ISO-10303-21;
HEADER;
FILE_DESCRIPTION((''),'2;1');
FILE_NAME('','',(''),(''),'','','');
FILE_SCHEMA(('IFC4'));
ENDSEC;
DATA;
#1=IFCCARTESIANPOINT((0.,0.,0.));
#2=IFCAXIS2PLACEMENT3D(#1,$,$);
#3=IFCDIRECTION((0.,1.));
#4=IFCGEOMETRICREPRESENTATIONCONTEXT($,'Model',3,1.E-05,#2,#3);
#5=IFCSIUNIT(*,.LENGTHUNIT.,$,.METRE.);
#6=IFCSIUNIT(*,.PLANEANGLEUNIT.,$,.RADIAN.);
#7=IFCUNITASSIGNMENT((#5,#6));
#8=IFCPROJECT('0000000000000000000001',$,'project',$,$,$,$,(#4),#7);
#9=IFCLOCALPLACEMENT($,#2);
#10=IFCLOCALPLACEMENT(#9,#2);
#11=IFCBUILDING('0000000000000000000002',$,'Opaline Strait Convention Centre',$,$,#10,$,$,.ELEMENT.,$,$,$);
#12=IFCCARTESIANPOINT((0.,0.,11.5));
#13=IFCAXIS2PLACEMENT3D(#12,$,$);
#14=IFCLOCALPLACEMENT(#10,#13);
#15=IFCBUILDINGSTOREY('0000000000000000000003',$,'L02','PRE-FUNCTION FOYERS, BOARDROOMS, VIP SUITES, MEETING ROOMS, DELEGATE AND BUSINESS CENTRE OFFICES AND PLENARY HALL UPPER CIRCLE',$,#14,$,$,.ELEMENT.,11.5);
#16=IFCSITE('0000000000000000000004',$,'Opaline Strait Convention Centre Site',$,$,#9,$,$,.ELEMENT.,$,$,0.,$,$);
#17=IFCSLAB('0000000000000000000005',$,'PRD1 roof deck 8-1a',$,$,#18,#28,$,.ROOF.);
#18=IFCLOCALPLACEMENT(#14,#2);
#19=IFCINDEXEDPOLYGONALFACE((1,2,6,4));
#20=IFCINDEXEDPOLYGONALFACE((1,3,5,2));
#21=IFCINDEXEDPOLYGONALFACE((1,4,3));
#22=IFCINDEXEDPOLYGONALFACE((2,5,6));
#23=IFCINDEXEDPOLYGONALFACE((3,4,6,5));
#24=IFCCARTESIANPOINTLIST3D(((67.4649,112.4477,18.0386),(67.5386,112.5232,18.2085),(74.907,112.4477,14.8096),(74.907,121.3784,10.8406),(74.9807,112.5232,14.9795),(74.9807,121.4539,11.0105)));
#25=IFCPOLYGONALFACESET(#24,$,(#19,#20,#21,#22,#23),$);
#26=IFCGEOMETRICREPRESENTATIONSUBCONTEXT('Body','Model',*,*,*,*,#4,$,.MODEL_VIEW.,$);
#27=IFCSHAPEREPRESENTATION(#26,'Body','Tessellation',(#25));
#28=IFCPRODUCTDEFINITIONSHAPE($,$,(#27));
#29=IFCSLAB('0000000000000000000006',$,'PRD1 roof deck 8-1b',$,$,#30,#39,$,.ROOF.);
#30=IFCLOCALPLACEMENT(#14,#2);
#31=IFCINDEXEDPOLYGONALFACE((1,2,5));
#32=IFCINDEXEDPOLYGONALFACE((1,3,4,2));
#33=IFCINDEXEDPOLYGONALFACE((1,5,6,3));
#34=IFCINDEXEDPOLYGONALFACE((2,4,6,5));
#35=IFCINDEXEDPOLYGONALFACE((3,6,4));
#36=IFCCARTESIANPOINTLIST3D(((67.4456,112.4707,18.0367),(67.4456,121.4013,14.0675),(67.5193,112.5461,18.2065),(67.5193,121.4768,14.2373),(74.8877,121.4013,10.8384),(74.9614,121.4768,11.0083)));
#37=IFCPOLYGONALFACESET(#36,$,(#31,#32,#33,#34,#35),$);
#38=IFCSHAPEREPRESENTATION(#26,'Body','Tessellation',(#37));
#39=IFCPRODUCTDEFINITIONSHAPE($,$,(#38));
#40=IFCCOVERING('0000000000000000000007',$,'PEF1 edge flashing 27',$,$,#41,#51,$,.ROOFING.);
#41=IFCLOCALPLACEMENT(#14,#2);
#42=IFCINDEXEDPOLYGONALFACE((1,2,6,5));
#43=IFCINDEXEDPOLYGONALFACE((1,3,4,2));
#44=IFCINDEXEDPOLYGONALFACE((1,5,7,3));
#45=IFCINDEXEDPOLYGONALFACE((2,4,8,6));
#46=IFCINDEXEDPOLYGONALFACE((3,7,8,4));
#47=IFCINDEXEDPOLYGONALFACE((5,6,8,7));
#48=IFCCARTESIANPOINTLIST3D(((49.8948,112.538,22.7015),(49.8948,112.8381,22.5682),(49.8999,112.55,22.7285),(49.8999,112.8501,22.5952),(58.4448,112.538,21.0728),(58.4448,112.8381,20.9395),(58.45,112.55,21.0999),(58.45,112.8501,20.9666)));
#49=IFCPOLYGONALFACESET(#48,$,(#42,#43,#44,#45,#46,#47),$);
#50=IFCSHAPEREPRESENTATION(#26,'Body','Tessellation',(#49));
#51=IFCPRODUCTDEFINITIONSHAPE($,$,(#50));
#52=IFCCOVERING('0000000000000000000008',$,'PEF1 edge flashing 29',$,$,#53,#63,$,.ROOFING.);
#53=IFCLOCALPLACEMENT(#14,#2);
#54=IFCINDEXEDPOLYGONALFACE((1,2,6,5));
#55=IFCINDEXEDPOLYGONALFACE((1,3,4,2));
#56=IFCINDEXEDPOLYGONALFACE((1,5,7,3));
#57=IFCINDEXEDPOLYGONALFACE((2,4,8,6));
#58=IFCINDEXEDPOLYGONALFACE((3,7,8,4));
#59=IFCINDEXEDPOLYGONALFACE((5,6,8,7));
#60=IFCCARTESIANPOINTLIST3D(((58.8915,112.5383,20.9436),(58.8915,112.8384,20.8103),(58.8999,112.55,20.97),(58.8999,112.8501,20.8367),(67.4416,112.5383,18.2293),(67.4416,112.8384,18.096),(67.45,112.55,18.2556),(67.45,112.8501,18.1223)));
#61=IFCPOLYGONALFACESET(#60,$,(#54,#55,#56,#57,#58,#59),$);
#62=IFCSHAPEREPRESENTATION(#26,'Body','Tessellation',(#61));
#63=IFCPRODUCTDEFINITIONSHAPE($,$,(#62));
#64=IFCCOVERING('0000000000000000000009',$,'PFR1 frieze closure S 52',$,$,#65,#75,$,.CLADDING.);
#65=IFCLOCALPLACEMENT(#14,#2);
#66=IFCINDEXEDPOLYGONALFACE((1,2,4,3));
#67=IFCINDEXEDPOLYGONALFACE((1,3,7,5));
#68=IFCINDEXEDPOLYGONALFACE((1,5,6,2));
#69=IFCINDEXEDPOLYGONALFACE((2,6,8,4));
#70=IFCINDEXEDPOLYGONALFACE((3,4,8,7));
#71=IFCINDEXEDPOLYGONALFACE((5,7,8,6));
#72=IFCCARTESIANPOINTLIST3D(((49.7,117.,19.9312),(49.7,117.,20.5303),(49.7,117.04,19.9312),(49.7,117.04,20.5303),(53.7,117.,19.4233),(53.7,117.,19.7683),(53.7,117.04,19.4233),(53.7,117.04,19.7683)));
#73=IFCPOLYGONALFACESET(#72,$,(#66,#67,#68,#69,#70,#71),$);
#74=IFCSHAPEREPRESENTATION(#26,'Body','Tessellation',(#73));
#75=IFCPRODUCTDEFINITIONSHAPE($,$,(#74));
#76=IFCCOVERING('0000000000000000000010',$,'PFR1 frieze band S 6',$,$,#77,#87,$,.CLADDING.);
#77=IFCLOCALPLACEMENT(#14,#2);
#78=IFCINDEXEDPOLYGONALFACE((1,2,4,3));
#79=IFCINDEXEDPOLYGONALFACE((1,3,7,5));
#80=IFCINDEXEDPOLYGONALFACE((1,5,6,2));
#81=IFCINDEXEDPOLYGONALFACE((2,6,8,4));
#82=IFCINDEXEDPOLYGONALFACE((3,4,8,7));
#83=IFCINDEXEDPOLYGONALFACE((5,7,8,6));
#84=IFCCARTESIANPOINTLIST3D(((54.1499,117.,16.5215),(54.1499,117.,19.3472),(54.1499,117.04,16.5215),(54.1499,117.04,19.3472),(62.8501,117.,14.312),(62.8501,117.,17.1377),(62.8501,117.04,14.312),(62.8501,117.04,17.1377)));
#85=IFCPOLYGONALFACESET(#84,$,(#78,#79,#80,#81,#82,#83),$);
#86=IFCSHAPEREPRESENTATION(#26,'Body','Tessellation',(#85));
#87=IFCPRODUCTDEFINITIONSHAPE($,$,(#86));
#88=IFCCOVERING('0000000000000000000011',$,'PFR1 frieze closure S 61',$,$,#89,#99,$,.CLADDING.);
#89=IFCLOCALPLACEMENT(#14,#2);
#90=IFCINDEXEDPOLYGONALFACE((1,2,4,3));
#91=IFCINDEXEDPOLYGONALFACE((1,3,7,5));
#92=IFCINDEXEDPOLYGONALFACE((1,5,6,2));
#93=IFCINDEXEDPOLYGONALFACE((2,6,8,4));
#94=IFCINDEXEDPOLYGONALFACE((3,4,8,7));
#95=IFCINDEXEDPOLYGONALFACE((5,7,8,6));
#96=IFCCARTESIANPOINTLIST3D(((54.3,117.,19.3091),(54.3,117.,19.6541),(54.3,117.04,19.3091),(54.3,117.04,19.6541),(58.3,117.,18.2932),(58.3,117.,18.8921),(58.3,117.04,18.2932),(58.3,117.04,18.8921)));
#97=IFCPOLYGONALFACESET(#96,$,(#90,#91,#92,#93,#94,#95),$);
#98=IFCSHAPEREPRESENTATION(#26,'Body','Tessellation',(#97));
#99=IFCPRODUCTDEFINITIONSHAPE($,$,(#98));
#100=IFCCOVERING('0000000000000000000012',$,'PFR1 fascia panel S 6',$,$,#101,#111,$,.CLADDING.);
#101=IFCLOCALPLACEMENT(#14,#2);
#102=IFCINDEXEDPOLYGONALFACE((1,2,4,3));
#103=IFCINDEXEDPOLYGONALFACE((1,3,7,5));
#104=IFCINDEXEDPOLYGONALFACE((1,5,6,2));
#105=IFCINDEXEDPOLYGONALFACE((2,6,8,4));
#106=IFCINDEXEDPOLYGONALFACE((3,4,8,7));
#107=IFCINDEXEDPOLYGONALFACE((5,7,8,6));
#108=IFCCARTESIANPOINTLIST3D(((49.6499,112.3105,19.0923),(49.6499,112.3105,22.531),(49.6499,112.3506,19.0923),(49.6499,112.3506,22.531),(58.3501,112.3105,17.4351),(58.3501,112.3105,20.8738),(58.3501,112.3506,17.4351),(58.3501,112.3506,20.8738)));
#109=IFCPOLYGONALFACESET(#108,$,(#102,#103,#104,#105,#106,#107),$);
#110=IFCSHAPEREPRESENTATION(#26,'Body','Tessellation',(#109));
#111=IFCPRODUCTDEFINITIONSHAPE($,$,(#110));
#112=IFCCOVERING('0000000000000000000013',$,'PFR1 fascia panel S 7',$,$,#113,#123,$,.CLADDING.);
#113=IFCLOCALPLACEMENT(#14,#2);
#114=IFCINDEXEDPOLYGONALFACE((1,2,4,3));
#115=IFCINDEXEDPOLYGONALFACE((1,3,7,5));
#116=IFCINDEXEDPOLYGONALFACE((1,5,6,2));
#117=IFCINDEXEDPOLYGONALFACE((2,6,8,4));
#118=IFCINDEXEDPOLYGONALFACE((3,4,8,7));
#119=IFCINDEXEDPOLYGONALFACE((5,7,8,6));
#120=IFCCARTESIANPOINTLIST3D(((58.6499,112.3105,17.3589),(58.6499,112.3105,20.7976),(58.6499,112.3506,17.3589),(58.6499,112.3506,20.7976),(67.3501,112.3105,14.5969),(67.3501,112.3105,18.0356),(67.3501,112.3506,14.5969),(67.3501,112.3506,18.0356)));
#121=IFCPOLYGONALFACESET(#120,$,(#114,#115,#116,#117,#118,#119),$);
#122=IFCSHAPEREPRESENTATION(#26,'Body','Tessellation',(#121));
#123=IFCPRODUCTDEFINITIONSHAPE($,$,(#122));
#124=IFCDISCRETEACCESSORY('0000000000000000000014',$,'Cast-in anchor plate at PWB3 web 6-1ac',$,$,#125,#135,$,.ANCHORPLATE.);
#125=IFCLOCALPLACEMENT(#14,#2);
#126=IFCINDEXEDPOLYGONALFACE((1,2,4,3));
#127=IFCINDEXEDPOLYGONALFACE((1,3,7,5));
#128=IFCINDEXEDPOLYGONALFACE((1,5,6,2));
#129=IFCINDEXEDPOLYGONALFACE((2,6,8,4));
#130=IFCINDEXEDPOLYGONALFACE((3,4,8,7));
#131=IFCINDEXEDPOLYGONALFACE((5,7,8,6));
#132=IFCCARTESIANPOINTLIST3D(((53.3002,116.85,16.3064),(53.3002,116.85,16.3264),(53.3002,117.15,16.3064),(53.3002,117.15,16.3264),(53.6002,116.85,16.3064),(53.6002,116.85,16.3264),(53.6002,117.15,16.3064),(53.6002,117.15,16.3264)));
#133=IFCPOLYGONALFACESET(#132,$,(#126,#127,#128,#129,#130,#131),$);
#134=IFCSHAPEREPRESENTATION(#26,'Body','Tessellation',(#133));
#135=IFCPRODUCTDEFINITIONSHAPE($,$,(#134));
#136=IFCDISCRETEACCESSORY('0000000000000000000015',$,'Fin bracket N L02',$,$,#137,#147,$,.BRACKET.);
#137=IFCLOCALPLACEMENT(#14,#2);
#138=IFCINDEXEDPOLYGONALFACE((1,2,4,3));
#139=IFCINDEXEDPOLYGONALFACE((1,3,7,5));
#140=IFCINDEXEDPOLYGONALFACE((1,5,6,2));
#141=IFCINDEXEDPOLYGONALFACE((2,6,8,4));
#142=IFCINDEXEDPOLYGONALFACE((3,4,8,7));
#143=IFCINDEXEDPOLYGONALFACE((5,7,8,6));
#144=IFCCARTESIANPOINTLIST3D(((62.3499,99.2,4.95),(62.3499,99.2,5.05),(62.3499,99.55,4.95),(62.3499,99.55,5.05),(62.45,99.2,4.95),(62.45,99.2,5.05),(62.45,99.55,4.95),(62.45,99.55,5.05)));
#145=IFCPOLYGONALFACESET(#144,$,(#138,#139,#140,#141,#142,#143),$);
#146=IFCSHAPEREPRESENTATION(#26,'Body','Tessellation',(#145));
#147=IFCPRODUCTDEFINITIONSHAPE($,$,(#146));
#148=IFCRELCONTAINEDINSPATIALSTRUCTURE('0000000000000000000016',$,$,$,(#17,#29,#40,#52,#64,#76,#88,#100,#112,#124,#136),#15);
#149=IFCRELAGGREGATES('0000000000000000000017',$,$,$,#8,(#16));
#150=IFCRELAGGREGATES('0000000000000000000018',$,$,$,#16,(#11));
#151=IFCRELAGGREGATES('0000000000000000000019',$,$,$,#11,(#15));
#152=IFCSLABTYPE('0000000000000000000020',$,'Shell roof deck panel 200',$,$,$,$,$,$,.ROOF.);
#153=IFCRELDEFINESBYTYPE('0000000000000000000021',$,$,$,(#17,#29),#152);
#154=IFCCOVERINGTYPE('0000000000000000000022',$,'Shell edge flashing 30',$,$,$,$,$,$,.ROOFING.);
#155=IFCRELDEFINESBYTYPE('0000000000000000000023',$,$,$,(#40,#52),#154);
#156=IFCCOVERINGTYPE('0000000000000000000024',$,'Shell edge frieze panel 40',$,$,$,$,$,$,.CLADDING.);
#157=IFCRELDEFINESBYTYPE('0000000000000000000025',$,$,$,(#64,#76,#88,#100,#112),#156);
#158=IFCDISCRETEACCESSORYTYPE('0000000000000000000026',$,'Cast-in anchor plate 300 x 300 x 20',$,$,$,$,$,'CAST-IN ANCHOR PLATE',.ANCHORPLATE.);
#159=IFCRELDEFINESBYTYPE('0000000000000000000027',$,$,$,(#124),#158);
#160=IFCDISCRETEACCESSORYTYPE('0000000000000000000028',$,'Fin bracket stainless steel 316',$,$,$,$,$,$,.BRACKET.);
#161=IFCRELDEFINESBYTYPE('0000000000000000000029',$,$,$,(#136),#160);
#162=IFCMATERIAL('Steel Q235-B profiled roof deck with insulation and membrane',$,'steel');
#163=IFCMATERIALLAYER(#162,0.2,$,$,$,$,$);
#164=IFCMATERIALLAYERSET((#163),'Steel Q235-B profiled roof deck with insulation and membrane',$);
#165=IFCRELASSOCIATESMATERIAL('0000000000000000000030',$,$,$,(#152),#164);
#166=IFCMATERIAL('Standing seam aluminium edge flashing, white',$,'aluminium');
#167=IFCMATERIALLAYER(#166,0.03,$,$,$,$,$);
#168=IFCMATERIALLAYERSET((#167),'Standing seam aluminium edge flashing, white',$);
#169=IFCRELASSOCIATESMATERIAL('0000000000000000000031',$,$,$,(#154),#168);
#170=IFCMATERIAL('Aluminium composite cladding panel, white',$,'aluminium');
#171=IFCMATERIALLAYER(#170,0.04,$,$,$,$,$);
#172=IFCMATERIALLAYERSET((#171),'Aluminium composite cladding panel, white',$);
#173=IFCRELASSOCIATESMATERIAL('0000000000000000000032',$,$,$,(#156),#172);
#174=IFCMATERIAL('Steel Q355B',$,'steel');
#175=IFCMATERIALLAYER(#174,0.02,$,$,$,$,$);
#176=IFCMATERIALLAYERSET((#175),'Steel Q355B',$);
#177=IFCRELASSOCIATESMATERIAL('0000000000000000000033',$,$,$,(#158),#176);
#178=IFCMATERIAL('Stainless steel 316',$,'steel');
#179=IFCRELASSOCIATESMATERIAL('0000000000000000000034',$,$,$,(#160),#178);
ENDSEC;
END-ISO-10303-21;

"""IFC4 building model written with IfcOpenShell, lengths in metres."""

from ifc_helpers import new_model, si_unit, direction, frame, origin, origin_2d, place, context, subcontext, project, spatial, polyline, rectangle, outline, extrude, material, layer, layer_set, type_object, element, save


model = new_model("IFC4")

# Units and contexts
model_context = context("Model", 3, precision=1e-05, world=origin(), true_north=direction((0.0, 1.0)))
body_context = subcontext(model_context, "Body", "Model", "MODEL_VIEW")
ifc_project = project(units=[si_unit("LENGTHUNIT", "METRE"), si_unit("PLANEANGLEUNIT", "RADIAN")], contexts=[model_context])

# Site, building, storey
site_placement = place(None, origin())
site = spatial("IfcSite", under=ifc_project, at=site_placement, Name="Opaline Strait Convention Centre Site", CompositionType="ELEMENT", RefElevation=0.0)
building_placement = place(site_placement, origin())
building = spatial("IfcBuilding", under=site, at=building_placement, Name="Opaline Strait Convention Centre", CompositionType="ELEMENT")
storey_placement = place(building_placement, frame((0.0, 0.0, 11.5)))
storey = spatial("IfcBuildingStorey", under=building, at=storey_placement, Name="L02", Description="PRE-FUNCTION FOYERS, BOARDROOMS, VIP SUITES, MEETING ROOMS, DELEGATE AND BUSINESS CENTRE OFFICES AND PLENARY HALL UPPER CIRCLE", CompositionType="ELEMENT", Elevation=11.5)

# Shared definitions
ifc_material_1 = material(Name="Steel Q355B", Category="steel")

# Slabs
ifc_material_2 = material(Name="Steel Q235-B profiled roof deck with insulation and membrane", Category="steel")
ifc_layer_1 = layer(ifc_material_2, 0.2)
ifc_layer_set_1 = layer_set([ifc_layer_1], Name="Steel Q235-B profiled roof deck with insulation and membrane")
slab_type = type_object("IfcSlabType", Name="Shell roof deck panel 200", PredefinedType="ROOF", material=ifc_layer_set_1)
slab_1_placement = place(storey_placement, frame((67.5386, 112.5232, 18.2085), z_axis=(0.368575, 0.37753, 0.849484), x_axis=(0.917372, 0.0, -0.398031)))
element("IfcSlab", 1, at=slab_1_placement, inside=storey, type_object=slab_type, Name="PRD1 roof deck 8-1a", PredefinedType="ROOF", context=body_context, shape_type="SweptSolid", body=[
    extrude(outline(polyline([(0.0, 0.0), (8.1125, 0.0), (9.6922, 9.6444), (0.0, 0.0)])), origin(), (0.0, 0.0, -1.0), 0.2),
])
slab_2_placement = place(storey_placement, frame((67.5193, 112.5461, 18.2065), z_axis=(0.368572, 0.37755, 0.849477), x_axis=(0.544286, 0.65315, -0.526448)))
element("IfcSlab", 2, at=slab_2_placement, inside=storey, type_object=slab_type, Name="PRD1 roof deck 8-1b", PredefinedType="ROOF", context=body_context, shape_type="SweptSolid", body=[
    extrude(outline(polyline([(0.0, 0.0), (13.6732, 0.0), (7.9227, 5.7222), (0.0, 0.0)])), origin(), (0.0, 0.0, -1.0), 0.2),
])

# Coverings
ifc_material_3 = material(Name="Standing seam aluminium edge flashing, white", Category="aluminium")
ifc_layer_2 = layer(ifc_material_3, 0.03)
ifc_layer_set_2 = layer_set([ifc_layer_2], Name="Standing seam aluminium edge flashing, white")
covering_type_1 = type_object("IfcCoveringType", Name="Shell edge flashing 30", PredefinedType="ROOFING", material=ifc_layer_set_2)
covering_1_placement = place(storey_placement, frame((49.8999, 112.55, 22.7285), z_axis=(0.171501, 0.399985, 0.900333), x_axis=(0.982337, 0.0, -0.187121)))
element("IfcCovering", 3, at=covering_1_placement, inside=storey, type_object=covering_type_1, Name="PEF1 edge flashing 27", PredefinedType="ROOFING", context=body_context, shape_type="SweptSolid", body=[
    extrude(outline(polyline([(0.0, 0.0), (8.7038, 0.0), (8.7287, 0.3274), (0.0249, 0.3274), (0.0, 0.0)])), origin(), (0.0, 0.0, -1.0), 0.03),
])
covering_2_placement = place(storey_placement, frame((58.8999, 112.55, 20.97), z_axis=(0.278634, 0.389922, 0.877681), x_axis=(0.953123, 0.0, -0.302585)))
element("IfcCovering", 4, at=covering_2_placement, inside=storey, type_object=covering_type_1, Name="PEF1 edge flashing 29", PredefinedType="ROOFING", context=body_context, shape_type="SweptSolid", body=[
    extrude(outline(polyline([(0.0, 0.0), (8.9706, 0.0), (9.0109, 0.3258), (0.0403, 0.3258), (0.0, 0.0)])), origin(), (0.0, 0.0, -1.0), 0.03),
])
ifc_material_4 = material(Name="Aluminium composite cladding panel, white", Category="aluminium")
ifc_layer_3 = layer(ifc_material_4, 0.04)
ifc_layer_set_3 = layer_set([ifc_layer_3], Name="Aluminium composite cladding panel, white")
covering_type_2 = type_object("IfcCoveringType", Name="Shell edge frieze panel 40", PredefinedType="CLADDING", material=ifc_layer_set_3)
covering_3_placement = place(storey_placement, frame((49.7, 117.0, 19.9312), z_axis=(0.0, -1.0, 0.0), x_axis=(0.992038, 0.0, -0.125942)))
element("IfcCovering", 5, at=covering_3_placement, inside=storey, type_object=covering_type_2, Name="PFR1 frieze closure S 52", PredefinedType="CLADDING", context=body_context, shape_type="SweptSolid", body=[
    extrude(outline(polyline([(0.0, 0.0), (4.0321, 0.0), (3.9887, 0.3422), (-0.0755, 0.5944), (0.0, 0.0)])), origin(), (0.0, 0.0, -1.0), 0.04),
])
covering_4_placement = place(storey_placement, frame((54.1499, 117.0, 16.5215), z_axis=(0.0, -1.0, 0.0), x_axis=(0.969233, 0.0, -0.246143)))
element("IfcCovering", 6, at=covering_4_placement, inside=storey, type_object=covering_type_2, Name="PFR1 frieze band S 6", PredefinedType="CLADDING", context=body_context, shape_type="SweptSolid", body=[
    extrude(outline(polyline([(0.0, 0.0), (8.9764, 0.0), (8.2808, 2.7387), (-0.6955, 2.7387), (0.0, 0.0)])), origin(), (0.0, 0.0, -1.0), 0.04),
])
covering_5_placement = place(storey_placement, frame((54.3, 117.0, 19.3091), z_axis=(0.0, -1.0, 0.0), x_axis=(0.969231, 0.0, -0.246153)))
element("IfcCovering", 7, at=covering_5_placement, inside=storey, type_object=covering_type_2, Name="PFR1 frieze closure S 61", PredefinedType="CLADDING", context=body_context, shape_type="SweptSolid", body=[
    extrude(outline(polyline([(0.0, 0.0), (4.127, 0.0), (3.9796, 0.5805), (-0.0849, 0.3344), (0.0, 0.0)])), origin(), (0.0, 0.0, -1.0), 0.04),
])
covering_6_placement = place(storey_placement, frame((49.6499, 112.3506, 22.531), z_axis=(0.0, 1.0, 0.0), x_axis=(0.982338, 0.0, -0.187117)))
element("IfcCovering", 8, at=covering_6_placement, inside=storey, type_object=covering_type_2, Name="PFR1 fascia panel S 6", PredefinedType="CLADDING", context=body_context, shape_type="SweptSolid", body=[
    extrude(outline(polyline([(0.0, 0.0), (8.8566, 0.0), (9.5001, 3.378), (0.6434, 3.378), (0.0, 0.0)])), origin(), (0.0, 0.0, -1.0), 0.04),
])
covering_7_placement = place(storey_placement, frame((58.6499, 112.3506, 20.7976), z_axis=(0.0, 1.0, 0.0), x_axis=(0.953124, 0.0, -0.302579)))
element("IfcCovering", 9, at=covering_7_placement, inside=storey, type_object=covering_type_2, Name="PFR1 fascia panel S 7", PredefinedType="CLADDING", context=body_context, shape_type="SweptSolid", body=[
    extrude(outline(polyline([(0.0, 0.0), (9.1281, 0.0), (10.1686, 3.2775), (1.0405, 3.2775), (0.0, 0.0)])), origin(), (0.0, 0.0, -1.0), 0.04),
])

# Discrete accessories
ifc_layer_4 = layer(ifc_material_1, 0.02)
ifc_layer_set_4 = layer_set([ifc_layer_4], Name="Steel Q355B")
discrete_accessory_type_1 = type_object("IfcDiscreteAccessoryType", Name="Cast-in anchor plate 300 x 300 x 20", ElementType="CAST-IN ANCHOR PLATE", PredefinedType="ANCHORPLATE", material=ifc_layer_set_4)
discrete_accessory_1_placement = place(storey_placement, frame((53.4502, 117.0, 16.3064), z_axis=(0.0, 0.0, 1.0), x_axis=(1.0, 0.0, 0.0)))
element("IfcDiscreteAccessory", 10, at=discrete_accessory_1_placement, inside=storey, type_object=discrete_accessory_type_1, Name="Cast-in anchor plate at PWB3 web 6-1ac", PredefinedType="ANCHORPLATE", context=body_context, shape_type="SweptSolid", body=[
    extrude(rectangle(XDim=0.3, YDim=0.3, at=origin_2d()), origin(), (0.0, 0.0, 1.0), 0.02),
])
ifc_material_5 = material(Name="Stainless steel 316", Category="steel")
discrete_accessory_type_2 = type_object("IfcDiscreteAccessoryType", Name="Fin bracket stainless steel 316", PredefinedType="BRACKET", material=ifc_material_5)
discrete_accessory_2_placement = place(storey_placement, frame((62.3999, 99.375, 4.95), z_axis=(0.0, 0.0, 1.0), x_axis=(1.0, 0.0, 0.0)))
element("IfcDiscreteAccessory", 11, at=discrete_accessory_2_placement, inside=storey, type_object=discrete_accessory_type_2, Name="Fin bracket N L02", PredefinedType="BRACKET", context=body_context, shape_type="SweptSolid", body=[
    extrude(rectangle(XDim=0.1001, YDim=0.3501, at=origin_2d()), origin(), (0.0, 0.0, 1.0), 0.1001),
])

save(model, "model.ifc")
